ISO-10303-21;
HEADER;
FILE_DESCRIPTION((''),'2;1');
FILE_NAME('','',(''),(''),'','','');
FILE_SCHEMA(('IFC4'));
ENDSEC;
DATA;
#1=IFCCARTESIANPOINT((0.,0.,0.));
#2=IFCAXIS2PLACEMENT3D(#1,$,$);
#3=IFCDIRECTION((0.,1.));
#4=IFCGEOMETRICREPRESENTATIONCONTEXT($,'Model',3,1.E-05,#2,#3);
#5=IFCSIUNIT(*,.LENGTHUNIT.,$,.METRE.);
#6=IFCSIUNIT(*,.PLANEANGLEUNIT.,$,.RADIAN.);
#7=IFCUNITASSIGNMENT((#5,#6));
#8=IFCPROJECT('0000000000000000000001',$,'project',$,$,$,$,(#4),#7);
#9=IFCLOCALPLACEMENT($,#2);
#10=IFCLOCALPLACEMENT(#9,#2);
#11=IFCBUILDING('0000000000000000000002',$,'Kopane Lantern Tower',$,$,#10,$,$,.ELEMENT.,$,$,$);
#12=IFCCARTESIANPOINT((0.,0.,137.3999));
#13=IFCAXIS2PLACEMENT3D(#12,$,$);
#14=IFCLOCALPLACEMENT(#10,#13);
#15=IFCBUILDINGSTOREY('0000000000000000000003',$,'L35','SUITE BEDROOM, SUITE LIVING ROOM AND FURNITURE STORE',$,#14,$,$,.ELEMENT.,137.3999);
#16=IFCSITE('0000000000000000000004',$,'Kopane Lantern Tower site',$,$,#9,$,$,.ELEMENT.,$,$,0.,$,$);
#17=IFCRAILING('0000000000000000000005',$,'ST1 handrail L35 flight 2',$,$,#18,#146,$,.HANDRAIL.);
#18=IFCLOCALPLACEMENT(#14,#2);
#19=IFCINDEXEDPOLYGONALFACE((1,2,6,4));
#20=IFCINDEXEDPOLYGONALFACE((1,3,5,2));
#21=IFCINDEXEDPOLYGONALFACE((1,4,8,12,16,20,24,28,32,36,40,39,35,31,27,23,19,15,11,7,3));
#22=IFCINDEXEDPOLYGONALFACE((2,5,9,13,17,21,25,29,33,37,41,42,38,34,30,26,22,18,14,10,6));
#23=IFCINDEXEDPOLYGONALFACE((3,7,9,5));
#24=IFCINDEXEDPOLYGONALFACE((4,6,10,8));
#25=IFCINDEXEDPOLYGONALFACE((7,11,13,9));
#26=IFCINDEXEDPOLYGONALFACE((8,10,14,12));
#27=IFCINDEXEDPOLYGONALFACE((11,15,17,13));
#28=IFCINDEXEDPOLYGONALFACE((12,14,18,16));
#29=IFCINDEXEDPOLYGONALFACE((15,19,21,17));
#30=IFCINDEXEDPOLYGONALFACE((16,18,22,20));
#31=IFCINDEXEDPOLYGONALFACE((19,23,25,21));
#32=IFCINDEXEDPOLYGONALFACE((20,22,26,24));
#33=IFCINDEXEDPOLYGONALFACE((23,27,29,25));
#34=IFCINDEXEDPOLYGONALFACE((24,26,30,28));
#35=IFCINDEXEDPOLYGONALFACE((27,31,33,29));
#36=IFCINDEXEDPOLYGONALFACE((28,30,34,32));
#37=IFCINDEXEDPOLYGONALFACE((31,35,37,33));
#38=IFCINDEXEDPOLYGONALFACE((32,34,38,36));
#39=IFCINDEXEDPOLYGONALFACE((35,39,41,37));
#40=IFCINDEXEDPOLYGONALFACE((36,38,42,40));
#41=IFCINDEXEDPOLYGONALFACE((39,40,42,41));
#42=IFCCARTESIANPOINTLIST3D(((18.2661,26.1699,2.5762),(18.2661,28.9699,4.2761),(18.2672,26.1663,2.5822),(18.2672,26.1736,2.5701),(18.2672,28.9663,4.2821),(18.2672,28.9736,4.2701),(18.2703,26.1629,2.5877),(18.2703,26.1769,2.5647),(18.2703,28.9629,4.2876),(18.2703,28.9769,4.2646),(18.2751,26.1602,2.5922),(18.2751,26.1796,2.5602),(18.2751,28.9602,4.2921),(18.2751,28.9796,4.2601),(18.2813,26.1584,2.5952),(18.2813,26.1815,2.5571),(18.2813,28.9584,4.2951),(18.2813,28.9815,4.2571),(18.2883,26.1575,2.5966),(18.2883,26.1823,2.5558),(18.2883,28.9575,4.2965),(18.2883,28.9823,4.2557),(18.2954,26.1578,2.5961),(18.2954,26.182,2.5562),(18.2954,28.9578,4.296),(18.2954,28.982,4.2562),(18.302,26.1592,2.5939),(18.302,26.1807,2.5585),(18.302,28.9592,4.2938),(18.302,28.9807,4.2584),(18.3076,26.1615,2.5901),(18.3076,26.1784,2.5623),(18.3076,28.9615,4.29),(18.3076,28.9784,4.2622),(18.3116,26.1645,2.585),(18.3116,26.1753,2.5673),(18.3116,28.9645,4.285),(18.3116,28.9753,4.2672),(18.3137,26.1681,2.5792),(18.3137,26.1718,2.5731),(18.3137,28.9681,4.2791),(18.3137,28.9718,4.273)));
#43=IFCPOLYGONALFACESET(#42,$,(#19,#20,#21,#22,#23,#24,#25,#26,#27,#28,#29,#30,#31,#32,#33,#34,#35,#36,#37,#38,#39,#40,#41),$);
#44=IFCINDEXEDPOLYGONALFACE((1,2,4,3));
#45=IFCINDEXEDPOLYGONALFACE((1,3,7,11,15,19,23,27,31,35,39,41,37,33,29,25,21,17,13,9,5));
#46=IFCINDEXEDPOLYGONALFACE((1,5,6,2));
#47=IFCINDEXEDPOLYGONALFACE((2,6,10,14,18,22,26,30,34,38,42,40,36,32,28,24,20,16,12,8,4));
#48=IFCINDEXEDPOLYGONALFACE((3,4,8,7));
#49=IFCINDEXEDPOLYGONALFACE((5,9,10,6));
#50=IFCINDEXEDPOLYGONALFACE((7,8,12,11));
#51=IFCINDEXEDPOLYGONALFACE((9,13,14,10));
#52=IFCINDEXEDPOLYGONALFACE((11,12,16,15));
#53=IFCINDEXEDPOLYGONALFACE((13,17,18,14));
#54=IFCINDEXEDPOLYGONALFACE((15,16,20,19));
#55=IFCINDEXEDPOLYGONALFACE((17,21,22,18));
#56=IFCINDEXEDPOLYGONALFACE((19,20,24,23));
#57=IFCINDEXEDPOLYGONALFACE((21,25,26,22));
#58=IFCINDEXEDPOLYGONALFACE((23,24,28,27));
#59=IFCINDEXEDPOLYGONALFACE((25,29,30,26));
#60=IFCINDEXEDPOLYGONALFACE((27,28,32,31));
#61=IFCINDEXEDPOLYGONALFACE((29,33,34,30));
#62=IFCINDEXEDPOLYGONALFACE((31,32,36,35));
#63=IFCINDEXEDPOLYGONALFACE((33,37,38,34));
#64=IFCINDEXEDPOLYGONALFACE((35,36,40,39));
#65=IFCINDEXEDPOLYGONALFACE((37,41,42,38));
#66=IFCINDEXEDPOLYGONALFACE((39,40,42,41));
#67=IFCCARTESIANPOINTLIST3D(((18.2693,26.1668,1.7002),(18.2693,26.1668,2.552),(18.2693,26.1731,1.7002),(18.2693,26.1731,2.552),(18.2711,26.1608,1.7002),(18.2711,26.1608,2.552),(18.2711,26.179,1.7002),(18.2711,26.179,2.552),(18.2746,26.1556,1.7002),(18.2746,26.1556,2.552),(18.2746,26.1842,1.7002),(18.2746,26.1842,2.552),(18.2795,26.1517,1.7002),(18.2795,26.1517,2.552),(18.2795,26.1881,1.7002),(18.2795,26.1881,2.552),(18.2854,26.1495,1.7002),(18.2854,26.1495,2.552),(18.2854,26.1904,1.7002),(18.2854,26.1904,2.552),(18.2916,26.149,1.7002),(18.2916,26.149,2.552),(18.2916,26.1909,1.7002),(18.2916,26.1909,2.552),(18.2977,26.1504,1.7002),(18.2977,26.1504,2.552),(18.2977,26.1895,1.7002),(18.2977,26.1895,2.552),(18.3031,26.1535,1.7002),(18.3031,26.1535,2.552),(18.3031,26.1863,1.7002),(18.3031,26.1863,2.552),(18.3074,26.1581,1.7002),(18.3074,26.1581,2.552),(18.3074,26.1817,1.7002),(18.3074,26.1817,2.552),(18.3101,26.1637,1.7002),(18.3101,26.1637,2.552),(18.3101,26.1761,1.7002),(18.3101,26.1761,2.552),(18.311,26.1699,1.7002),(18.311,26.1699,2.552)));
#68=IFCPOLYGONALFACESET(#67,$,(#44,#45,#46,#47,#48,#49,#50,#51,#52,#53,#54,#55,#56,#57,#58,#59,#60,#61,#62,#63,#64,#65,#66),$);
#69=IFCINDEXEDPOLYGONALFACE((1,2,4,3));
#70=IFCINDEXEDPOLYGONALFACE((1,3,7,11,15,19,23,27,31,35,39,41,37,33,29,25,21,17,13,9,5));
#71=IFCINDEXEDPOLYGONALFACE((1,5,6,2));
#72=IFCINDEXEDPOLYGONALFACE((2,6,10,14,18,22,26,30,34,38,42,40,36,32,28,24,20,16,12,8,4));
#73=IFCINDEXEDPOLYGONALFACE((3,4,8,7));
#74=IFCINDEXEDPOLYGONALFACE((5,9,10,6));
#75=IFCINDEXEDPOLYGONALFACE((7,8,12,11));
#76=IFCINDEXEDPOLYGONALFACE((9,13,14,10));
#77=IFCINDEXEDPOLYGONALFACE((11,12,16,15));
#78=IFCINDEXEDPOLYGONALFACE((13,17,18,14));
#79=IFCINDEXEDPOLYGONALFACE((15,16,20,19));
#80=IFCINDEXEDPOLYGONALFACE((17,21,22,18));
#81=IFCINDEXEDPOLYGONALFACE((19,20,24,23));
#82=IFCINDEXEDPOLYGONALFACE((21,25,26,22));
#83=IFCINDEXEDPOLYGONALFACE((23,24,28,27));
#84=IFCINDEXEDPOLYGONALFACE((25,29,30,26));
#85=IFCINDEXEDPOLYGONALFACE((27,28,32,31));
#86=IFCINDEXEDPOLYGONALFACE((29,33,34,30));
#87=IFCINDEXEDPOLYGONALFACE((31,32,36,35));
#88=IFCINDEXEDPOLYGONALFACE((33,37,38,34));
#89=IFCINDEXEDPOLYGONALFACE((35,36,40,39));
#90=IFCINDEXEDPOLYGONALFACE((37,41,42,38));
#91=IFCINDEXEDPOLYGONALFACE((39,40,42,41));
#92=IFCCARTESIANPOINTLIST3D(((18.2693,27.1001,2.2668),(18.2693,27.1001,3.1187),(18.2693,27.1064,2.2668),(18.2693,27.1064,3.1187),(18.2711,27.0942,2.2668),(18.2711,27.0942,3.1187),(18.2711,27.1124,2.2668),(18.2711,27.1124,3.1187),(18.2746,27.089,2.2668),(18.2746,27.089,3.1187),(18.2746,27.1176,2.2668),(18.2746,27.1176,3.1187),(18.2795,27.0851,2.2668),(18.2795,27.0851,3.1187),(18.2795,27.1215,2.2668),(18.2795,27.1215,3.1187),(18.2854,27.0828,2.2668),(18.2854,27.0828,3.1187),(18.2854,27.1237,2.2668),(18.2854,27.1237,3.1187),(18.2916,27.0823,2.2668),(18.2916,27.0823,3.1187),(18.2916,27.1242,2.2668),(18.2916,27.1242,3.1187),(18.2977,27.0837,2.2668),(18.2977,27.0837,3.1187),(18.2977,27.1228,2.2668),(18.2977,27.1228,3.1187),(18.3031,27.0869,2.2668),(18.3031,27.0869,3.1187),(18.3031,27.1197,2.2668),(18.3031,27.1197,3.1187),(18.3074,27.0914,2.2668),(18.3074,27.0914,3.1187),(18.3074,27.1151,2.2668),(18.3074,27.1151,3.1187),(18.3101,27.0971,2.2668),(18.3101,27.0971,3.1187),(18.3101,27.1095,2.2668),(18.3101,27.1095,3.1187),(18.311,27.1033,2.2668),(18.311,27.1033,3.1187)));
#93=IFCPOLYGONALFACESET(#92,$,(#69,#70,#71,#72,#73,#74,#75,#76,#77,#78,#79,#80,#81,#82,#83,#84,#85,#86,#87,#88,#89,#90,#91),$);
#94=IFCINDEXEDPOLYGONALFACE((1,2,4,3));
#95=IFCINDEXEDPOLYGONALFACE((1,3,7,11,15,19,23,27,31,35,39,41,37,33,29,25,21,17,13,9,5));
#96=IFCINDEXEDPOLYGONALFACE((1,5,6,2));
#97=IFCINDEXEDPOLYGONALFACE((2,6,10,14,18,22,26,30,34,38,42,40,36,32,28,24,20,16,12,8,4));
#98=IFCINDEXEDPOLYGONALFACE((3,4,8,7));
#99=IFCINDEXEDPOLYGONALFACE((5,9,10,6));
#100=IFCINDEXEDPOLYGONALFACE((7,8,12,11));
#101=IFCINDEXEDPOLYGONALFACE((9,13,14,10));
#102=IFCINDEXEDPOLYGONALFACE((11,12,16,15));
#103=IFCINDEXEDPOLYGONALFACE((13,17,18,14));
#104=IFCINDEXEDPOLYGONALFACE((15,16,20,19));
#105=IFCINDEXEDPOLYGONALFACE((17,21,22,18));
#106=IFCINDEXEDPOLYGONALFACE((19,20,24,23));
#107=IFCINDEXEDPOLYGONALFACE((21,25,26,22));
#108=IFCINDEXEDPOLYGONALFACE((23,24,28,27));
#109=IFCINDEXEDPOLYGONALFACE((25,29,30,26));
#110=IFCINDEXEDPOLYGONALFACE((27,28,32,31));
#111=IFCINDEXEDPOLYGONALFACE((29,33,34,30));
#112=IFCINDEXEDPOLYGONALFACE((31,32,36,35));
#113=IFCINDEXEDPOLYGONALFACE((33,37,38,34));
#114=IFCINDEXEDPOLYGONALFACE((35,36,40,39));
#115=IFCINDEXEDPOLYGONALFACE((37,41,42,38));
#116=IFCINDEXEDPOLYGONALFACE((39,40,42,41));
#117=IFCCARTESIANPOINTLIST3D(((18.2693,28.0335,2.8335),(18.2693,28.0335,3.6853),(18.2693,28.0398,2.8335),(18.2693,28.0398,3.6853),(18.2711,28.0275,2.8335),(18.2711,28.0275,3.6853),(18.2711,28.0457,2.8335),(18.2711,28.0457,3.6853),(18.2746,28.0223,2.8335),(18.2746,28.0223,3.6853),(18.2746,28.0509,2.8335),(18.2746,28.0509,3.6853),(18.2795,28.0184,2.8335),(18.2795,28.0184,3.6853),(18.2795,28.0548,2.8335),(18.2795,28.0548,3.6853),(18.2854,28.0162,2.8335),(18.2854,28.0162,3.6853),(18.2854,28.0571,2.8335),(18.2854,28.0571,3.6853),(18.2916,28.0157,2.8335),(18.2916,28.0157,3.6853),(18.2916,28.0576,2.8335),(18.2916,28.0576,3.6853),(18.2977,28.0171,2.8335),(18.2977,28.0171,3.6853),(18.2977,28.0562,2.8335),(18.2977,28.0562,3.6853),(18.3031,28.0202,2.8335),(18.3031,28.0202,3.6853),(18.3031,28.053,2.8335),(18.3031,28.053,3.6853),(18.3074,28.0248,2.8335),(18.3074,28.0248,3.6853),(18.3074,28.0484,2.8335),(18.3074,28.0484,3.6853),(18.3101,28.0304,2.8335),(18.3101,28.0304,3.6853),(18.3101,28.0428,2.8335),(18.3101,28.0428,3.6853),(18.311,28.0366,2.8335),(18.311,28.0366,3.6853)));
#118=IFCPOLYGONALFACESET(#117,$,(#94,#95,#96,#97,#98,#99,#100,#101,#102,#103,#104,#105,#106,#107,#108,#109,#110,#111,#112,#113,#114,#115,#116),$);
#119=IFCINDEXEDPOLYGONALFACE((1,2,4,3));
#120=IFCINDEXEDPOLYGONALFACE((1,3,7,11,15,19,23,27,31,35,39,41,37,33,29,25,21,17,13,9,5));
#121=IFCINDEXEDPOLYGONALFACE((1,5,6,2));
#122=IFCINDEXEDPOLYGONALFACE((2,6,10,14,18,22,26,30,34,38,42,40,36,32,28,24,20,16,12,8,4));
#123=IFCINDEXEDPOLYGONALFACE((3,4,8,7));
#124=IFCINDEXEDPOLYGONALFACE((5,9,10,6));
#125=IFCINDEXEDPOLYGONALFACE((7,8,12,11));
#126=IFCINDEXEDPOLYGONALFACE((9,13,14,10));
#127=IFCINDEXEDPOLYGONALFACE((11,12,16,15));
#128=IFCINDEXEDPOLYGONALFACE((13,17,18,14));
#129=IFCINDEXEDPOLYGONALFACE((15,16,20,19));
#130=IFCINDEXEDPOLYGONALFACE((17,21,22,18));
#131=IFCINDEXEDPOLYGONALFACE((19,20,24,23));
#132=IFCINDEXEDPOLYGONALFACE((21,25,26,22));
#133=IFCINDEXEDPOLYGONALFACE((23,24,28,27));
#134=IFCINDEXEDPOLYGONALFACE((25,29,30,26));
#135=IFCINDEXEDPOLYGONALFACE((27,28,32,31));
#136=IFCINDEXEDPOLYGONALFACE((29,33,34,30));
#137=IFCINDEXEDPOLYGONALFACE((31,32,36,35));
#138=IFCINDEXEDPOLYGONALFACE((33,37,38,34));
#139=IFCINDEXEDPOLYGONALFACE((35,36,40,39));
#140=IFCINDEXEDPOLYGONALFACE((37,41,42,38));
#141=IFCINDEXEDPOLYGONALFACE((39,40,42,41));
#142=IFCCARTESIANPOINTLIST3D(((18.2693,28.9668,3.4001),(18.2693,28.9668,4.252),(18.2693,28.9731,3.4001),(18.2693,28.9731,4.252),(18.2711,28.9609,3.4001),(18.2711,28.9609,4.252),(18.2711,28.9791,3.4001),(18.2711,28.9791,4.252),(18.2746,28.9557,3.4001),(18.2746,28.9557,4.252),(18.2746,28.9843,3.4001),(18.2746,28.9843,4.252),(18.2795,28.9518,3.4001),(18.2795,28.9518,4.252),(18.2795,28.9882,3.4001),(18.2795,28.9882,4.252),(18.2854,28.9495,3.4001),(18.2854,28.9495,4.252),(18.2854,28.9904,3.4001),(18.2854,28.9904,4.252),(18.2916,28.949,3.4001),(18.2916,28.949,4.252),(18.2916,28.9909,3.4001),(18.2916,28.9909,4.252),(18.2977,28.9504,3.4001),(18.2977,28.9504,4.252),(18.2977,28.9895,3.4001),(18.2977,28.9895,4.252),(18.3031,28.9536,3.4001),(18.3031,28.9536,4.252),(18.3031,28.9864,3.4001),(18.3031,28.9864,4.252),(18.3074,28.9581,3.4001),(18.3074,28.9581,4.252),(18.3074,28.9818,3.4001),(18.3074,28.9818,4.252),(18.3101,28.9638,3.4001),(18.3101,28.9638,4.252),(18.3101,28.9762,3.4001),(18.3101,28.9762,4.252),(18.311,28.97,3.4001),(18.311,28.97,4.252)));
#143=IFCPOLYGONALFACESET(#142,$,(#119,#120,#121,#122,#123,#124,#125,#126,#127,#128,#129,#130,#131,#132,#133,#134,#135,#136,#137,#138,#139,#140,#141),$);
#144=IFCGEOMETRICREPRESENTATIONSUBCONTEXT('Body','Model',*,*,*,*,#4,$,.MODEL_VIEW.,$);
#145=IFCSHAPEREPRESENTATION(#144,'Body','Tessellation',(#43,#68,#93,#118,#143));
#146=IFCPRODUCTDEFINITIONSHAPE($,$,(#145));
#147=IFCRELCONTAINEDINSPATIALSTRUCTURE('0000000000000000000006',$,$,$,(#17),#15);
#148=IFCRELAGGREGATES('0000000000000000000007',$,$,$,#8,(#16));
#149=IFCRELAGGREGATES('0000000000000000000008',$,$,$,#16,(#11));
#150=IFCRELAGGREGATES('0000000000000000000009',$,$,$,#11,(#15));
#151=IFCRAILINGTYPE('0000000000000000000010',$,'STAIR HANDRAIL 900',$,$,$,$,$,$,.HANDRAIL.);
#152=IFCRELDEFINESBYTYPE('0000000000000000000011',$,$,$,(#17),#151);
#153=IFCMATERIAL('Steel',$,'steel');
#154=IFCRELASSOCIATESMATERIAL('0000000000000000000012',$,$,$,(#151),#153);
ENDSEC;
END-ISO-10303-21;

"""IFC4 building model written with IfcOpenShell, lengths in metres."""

from ifc_helpers import new_model, si_unit, direction, frame, origin, origin_2d, place, context, subcontext, project, spatial, circle, extrude, material, type_object, element, save


model = new_model("IFC4")

# Units and contexts
model_context = context("Model", 3, precision=1e-05, world=origin(), true_north=direction((0.0, 1.0)))
body_context = subcontext(model_context, "Body", "Model", "MODEL_VIEW")
ifc_project = project(units=[si_unit("LENGTHUNIT", "METRE"), si_unit("PLANEANGLEUNIT", "RADIAN")], contexts=[model_context])

# Site, building, storey
site_placement = place(None, origin())
site = spatial("IfcSite", under=ifc_project, at=site_placement, Name="Kopane Lantern Tower site", CompositionType="ELEMENT", RefElevation=0.0)
building_placement = place(site_placement, origin())
building = spatial("IfcBuilding", under=site, at=building_placement, Name="Kopane Lantern Tower", CompositionType="ELEMENT")
storey_placement = place(building_placement, frame((0.0, 0.0, 137.3999)))
storey = spatial("IfcBuildingStorey", under=building, at=storey_placement, Name="L35", Description="SUITE BEDROOM, SUITE LIVING ROOM AND FURNITURE STORE", CompositionType="ELEMENT", Elevation=137.3999)

# Railing
ifc_material_1 = material(Name="Steel", Category="steel")
railing_type = type_object("IfcRailingType", Name="STAIR HANDRAIL 900", PredefinedType="HANDRAIL", material=ifc_material_1)
for number, where, name in (
    (1, (18.29, 26.1699, 1.7002), "ST1 handrail L35 flight 2"),
):
    element("IfcRailing", number, at=place(storey_placement, frame(where)), inside=storey, type_object=railing_type, Name=name, PredefinedType="HANDRAIL", context=body_context, shape_type="SweptSolid", body=[
        extrude(circle(Radius=0.0239, at=origin_2d()), frame((0.0, 0.0, 0.876), z_axis=(0.0, 0.854798, 0.518961), x_axis=(-1.0, 0.0, 0.0)), (0.0, 0.0, 1.0), 3.2756),
        extrude(circle(Radius=0.021, at=origin_2d()), origin(), (0.0, 0.0, 1.0), 0.8518),
        extrude(circle(Radius=0.021, at=origin_2d()), frame((0.0, 0.9333, 0.5667)), (0.0, 0.0, 1.0), 0.8518),
        extrude(circle(Radius=0.021, at=origin_2d()), frame((0.0, 1.8667, 1.1333)), (0.0, 0.0, 1.0), 0.8518),
        extrude(circle(Radius=0.021, at=origin_2d()), frame((0.0, 2.8, 1.7)), (0.0, 0.0, 1.0), 0.8518),
    ])

save(model, "model.ifc")
